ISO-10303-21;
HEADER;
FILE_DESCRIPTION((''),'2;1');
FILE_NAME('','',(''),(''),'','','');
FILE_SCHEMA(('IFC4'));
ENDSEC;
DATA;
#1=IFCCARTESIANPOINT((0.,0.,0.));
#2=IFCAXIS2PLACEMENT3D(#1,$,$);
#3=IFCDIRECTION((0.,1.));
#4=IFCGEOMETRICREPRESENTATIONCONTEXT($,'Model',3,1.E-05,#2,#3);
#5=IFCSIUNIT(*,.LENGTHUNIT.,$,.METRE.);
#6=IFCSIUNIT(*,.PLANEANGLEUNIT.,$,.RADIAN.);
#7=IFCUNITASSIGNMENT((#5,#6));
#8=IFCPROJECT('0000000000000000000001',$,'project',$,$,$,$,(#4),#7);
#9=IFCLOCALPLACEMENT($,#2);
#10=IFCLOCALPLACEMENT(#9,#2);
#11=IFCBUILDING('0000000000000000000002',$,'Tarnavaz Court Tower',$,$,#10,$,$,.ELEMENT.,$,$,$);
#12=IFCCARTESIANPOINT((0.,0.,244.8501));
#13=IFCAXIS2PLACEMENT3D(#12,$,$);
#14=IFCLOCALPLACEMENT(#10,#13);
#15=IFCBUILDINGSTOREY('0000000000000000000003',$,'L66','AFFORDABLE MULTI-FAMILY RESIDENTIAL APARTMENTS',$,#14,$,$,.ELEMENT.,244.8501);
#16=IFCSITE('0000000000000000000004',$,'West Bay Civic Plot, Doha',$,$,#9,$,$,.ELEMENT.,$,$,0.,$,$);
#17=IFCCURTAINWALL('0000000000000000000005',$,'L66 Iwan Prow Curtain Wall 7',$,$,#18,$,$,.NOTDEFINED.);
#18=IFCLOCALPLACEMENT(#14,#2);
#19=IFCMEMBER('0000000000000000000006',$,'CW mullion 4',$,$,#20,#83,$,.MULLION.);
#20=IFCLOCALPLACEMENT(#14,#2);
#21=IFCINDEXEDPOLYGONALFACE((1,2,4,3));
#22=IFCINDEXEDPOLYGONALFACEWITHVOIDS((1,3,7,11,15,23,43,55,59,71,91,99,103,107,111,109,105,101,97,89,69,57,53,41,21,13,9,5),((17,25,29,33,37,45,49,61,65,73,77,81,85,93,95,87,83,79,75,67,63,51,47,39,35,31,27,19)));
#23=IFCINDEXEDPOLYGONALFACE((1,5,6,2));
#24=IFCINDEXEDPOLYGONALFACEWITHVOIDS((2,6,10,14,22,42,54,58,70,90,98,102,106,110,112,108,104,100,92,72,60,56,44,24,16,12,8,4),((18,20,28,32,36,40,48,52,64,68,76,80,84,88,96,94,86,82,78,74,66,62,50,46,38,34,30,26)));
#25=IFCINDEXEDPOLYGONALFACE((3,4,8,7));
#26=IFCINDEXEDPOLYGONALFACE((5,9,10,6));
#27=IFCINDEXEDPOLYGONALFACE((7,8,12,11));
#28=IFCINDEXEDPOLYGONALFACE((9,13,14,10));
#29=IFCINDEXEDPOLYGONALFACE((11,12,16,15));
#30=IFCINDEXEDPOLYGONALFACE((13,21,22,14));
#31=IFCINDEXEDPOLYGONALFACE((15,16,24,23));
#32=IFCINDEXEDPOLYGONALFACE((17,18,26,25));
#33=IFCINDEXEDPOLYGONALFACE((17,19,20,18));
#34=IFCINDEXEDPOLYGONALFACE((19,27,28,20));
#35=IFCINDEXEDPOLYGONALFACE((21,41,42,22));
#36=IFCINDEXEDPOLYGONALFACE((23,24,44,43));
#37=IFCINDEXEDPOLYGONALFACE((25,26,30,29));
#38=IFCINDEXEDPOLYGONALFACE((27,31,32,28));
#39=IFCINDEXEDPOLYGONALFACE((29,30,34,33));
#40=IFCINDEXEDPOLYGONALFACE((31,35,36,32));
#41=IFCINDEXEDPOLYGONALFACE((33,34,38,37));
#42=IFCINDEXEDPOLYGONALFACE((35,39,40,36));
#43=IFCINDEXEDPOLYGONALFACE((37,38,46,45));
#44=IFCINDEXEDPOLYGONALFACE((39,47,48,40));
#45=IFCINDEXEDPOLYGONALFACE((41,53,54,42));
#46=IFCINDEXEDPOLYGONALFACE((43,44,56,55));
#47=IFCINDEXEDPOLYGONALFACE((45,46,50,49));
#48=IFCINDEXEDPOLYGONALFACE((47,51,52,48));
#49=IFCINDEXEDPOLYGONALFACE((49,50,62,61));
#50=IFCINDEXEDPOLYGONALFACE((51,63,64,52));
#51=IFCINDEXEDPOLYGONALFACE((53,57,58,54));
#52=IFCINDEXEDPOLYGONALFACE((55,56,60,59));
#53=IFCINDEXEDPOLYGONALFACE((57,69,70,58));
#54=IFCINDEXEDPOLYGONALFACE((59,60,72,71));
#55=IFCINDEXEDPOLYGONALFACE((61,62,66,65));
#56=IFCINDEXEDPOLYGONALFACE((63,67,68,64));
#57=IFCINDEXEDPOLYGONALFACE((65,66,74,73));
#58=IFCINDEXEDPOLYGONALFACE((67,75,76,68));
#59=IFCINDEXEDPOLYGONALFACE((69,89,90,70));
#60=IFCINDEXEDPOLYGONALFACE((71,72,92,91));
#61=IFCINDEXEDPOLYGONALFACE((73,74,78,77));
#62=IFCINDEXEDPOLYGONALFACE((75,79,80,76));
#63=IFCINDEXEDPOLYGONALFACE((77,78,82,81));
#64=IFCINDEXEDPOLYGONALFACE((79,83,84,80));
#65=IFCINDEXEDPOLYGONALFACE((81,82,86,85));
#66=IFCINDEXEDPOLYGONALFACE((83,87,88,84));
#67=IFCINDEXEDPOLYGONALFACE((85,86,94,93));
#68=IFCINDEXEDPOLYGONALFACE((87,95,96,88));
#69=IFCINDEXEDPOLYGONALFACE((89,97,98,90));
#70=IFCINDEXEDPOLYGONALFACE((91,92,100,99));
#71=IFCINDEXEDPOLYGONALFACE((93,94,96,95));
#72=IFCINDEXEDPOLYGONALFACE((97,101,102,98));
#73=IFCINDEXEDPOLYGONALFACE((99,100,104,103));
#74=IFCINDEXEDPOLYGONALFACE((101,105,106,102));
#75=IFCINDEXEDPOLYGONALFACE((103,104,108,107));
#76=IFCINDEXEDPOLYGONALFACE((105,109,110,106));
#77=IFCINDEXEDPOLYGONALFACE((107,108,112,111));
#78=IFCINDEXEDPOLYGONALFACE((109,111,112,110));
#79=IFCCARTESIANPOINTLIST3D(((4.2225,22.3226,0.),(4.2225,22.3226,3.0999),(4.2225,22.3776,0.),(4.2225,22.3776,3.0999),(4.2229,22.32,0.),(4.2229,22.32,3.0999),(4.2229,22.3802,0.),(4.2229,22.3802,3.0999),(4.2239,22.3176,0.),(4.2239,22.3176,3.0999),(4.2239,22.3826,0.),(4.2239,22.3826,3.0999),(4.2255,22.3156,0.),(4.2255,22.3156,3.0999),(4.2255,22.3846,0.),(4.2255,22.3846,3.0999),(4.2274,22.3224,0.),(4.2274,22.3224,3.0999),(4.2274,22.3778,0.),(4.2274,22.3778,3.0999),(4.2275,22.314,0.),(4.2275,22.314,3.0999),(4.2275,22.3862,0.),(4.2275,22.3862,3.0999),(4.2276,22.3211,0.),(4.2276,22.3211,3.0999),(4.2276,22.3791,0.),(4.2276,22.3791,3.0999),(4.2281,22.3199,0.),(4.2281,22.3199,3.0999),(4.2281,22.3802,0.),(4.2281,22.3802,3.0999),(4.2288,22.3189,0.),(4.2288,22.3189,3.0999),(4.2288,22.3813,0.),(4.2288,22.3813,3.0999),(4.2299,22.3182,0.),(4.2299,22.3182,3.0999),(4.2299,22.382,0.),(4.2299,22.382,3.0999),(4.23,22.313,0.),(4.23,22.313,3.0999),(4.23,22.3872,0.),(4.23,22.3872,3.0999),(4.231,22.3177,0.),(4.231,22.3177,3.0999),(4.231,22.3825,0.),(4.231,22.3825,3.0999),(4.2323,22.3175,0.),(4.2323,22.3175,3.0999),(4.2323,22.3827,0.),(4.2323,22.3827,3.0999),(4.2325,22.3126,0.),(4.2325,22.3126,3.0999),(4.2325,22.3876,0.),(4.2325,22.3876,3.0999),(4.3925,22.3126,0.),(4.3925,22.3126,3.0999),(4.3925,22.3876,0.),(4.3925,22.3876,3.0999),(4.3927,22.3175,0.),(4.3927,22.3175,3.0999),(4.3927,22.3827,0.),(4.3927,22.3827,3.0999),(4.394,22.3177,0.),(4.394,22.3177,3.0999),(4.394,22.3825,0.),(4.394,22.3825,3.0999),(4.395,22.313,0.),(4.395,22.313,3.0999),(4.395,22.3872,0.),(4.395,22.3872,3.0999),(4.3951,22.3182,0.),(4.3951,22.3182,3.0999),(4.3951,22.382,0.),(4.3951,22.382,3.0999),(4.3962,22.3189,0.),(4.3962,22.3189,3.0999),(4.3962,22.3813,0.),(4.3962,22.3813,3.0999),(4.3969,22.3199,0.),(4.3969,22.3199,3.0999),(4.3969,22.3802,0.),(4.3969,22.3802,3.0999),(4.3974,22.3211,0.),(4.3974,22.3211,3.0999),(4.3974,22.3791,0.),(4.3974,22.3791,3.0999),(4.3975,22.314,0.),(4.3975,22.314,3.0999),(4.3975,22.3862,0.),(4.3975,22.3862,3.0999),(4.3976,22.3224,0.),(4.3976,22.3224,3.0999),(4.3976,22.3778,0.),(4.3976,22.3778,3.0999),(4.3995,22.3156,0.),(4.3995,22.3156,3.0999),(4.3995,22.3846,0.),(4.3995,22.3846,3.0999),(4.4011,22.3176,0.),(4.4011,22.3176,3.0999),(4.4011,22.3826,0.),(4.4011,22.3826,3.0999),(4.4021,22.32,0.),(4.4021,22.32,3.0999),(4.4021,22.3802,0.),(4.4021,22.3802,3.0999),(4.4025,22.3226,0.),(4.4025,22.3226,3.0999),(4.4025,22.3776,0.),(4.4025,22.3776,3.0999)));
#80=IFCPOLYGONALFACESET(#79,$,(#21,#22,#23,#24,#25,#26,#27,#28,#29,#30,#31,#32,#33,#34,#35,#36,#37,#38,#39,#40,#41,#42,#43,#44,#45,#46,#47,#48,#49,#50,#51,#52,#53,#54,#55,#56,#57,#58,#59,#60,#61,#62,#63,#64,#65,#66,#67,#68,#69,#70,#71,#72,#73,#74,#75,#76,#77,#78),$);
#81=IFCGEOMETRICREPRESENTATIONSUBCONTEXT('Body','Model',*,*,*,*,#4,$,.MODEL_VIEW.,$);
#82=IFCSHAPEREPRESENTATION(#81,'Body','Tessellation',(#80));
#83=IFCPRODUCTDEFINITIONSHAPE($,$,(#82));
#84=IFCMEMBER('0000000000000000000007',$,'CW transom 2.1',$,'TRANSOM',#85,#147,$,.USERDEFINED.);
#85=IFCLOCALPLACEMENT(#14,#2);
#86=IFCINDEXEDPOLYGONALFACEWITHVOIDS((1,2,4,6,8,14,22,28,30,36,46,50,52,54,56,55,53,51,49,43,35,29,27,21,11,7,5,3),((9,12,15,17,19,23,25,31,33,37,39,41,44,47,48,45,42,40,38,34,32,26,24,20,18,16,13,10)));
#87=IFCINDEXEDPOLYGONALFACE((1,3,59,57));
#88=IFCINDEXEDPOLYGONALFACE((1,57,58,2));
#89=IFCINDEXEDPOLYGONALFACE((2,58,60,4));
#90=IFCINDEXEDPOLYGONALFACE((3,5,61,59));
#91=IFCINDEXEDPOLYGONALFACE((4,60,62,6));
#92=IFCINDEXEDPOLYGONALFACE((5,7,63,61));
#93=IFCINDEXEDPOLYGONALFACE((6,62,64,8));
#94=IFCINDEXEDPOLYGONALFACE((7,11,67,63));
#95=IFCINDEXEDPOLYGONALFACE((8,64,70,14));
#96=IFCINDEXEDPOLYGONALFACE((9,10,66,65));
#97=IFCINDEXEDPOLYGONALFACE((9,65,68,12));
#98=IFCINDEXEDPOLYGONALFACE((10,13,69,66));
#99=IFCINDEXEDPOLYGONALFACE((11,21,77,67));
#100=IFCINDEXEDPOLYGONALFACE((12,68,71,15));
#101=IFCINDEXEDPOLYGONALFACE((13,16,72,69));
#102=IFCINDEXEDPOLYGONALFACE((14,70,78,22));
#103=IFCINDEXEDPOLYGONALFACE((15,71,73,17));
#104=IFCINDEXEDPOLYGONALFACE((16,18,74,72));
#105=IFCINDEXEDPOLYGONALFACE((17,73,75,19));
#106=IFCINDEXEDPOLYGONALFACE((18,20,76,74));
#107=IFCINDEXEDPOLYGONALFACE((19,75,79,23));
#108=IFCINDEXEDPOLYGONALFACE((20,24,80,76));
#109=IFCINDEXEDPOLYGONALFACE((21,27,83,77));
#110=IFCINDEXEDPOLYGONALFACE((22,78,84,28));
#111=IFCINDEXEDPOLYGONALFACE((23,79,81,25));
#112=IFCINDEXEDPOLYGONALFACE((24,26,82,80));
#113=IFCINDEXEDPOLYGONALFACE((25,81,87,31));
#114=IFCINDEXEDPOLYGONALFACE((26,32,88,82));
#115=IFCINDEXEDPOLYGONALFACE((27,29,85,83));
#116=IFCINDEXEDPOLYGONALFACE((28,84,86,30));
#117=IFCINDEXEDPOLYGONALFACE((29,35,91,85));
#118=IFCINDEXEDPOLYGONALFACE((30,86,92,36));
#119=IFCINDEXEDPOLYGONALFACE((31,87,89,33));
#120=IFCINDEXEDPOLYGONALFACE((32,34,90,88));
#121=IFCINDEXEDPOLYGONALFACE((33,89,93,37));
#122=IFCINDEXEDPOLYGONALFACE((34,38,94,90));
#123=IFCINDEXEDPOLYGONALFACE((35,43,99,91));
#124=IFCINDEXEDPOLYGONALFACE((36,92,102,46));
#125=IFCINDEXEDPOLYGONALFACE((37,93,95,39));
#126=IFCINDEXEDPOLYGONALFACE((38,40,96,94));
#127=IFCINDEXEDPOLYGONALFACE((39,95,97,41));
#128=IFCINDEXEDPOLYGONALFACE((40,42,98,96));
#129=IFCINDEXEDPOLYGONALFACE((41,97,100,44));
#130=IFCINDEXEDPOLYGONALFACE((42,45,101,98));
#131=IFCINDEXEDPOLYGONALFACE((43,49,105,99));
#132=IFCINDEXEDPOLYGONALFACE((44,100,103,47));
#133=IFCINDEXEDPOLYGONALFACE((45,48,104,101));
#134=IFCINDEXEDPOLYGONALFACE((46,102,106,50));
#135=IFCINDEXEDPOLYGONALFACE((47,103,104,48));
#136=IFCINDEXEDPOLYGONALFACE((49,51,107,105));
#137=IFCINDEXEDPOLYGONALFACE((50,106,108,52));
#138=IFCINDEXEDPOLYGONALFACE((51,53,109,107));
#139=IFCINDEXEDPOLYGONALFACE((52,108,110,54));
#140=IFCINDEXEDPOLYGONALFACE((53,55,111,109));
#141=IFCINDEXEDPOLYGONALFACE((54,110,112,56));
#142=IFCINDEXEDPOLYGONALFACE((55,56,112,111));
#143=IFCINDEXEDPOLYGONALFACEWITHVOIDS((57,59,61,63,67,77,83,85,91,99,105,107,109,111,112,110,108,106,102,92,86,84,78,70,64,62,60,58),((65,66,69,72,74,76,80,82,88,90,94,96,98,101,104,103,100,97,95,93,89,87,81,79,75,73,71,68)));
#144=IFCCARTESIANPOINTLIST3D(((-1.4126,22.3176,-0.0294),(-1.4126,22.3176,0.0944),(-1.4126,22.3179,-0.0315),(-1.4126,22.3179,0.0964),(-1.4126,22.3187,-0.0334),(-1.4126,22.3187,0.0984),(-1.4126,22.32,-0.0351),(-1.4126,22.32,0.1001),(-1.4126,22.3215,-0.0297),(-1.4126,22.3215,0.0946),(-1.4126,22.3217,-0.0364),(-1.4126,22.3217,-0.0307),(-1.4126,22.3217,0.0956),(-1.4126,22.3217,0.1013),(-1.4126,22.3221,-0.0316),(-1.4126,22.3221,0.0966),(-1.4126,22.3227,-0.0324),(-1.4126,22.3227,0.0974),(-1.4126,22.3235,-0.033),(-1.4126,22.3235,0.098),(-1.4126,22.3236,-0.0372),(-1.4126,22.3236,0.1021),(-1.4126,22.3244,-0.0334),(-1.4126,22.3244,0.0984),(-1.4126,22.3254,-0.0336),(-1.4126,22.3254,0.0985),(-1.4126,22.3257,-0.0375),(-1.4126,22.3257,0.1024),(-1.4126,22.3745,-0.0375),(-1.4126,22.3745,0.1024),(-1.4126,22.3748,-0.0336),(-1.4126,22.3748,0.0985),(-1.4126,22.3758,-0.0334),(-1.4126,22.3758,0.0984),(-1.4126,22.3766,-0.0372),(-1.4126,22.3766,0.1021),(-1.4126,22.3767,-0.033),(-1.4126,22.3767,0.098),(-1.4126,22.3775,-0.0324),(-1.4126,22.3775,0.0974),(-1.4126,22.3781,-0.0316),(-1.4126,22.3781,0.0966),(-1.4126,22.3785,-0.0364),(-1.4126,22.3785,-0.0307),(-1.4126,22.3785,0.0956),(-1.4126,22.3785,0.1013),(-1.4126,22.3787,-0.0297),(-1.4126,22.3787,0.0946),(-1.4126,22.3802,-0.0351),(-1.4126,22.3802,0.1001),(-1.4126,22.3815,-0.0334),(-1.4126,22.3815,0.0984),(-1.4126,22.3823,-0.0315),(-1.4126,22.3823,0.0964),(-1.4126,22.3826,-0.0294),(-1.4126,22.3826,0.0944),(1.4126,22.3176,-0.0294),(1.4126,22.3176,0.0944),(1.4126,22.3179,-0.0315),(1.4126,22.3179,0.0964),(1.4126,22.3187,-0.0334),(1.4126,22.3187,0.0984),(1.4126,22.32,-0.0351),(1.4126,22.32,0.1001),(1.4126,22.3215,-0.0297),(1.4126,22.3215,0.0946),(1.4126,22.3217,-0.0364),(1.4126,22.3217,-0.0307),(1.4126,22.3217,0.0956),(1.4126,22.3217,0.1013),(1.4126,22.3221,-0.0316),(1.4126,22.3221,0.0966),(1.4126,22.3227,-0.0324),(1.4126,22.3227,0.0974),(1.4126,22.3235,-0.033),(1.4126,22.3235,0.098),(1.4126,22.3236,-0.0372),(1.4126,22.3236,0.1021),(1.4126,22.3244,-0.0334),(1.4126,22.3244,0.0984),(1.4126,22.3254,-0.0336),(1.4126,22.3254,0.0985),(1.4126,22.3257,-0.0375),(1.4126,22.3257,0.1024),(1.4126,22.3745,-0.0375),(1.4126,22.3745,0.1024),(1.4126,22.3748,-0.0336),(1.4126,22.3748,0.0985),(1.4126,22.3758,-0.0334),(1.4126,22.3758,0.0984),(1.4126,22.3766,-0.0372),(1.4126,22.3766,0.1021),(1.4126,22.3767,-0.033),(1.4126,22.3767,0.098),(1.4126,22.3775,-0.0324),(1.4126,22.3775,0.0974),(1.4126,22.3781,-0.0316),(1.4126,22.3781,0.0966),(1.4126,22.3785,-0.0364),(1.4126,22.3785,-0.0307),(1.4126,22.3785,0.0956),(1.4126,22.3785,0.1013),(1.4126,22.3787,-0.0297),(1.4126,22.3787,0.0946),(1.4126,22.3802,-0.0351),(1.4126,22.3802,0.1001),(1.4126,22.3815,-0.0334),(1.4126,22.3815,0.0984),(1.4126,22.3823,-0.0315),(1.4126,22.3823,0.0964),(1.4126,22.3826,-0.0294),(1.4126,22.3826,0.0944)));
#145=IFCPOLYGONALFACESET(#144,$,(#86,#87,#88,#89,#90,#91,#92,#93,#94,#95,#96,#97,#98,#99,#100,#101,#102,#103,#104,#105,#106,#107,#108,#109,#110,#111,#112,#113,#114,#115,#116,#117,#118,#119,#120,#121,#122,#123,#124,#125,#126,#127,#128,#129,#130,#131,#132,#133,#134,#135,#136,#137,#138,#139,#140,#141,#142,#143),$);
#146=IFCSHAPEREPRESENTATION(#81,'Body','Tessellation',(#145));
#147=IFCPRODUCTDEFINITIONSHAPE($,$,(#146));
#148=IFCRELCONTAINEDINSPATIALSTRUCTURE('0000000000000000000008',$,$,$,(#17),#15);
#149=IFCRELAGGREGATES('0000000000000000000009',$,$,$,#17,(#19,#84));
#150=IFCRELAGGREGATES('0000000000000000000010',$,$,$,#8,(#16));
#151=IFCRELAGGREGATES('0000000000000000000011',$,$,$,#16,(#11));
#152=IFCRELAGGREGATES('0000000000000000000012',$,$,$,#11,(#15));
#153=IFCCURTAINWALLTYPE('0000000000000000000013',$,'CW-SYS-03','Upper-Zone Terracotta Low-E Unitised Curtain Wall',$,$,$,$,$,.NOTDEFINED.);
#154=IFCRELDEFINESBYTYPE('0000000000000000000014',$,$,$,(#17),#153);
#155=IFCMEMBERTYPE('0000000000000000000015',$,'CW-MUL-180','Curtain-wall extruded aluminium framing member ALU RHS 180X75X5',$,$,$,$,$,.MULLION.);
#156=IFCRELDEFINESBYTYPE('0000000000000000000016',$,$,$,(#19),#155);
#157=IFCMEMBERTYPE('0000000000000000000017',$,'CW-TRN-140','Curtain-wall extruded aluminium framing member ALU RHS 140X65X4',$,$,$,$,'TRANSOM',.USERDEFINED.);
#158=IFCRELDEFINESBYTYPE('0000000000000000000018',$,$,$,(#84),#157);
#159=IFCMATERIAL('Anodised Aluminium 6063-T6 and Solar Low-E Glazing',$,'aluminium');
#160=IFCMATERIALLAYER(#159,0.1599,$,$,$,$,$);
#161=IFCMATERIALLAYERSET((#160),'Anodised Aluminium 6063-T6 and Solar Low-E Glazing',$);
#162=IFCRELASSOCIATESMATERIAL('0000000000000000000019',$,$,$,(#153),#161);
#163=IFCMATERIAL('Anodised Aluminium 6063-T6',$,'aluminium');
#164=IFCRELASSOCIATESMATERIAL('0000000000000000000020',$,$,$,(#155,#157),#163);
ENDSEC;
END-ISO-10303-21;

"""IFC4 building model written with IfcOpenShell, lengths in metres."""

from ifc_helpers import new_model, si_unit, direction, frame, origin, origin_2d, place, context, subcontext, project, spatial, hollow_rectangle, extrude, material, layer, layer_set, material_profile, profile_set, type_object, element, aggregate, save


model = new_model("IFC4")

# Units and contexts
model_context = context("Model", 3, precision=1e-05, world=origin(), true_north=direction((0.0, 1.0)))
body_context = subcontext(model_context, "Body", "Model", "MODEL_VIEW")
ifc_project = project(units=[si_unit("LENGTHUNIT", "METRE"), si_unit("PLANEANGLEUNIT", "RADIAN")], contexts=[model_context])

# Site, building, storey
site_placement = place(None, origin())
site = spatial("IfcSite", under=ifc_project, at=site_placement, Name="West Bay Civic Plot, Doha", CompositionType="ELEMENT", RefElevation=0.0)
building_placement = place(site_placement, origin())
building = spatial("IfcBuilding", under=site, at=building_placement, Name="Tarnavaz Court Tower", CompositionType="ELEMENT")
storey_placement = place(building_placement, frame((0.0, 0.0, 244.8501)))
storey = spatial("IfcBuildingStorey", under=building, at=storey_placement, Name="L66", Description="AFFORDABLE MULTI-FAMILY RESIDENTIAL APARTMENTS", CompositionType="ELEMENT", Elevation=244.8501)

# Curtain wall, members
ifc_material_1 = material(Name="Anodised Aluminium 6063-T6 and Solar Low-E Glazing", Category="aluminium")
ifc_layer_1 = layer(ifc_material_1, 0.1599)
ifc_layer_set_1 = layer_set([ifc_layer_1], Name="Anodised Aluminium 6063-T6 and Solar Low-E Glazing")
curtain_wall_type = type_object("IfcCurtainWallType", Name="CW-SYS-03", Description="Upper-Zone Terracotta Low-E Unitised Curtain Wall", PredefinedType="NOTDEFINED", material=ifc_layer_set_1)
curtain_wall_placement = place(storey_placement, origin())
curtain_wall = element("IfcCurtainWall", 1, at=curtain_wall_placement, inside=storey, type_object=curtain_wall_type, Name="L66 Iwan Prow Curtain Wall 7", PredefinedType="NOTDEFINED")
ifc_material_2 = material(Name="Anodised Aluminium 6063-T6", Category="aluminium")
ifc_material_profile_1 = material_profile(ifc_material_2, hollow_rectangle(XDim=0.075, YDim=0.1799, WallThickness=0.0049, InnerFilletRadius=0.0049, OuterFilletRadius=0.01, at=origin_2d()), Name="ALU RHS 180X75X5")
ifc_profile_set_1 = profile_set([ifc_material_profile_1], Name="Anodised Aluminium 6063-T6")
member_type_1 = type_object("IfcMemberType", Name="CW-MUL-180", Description="Curtain-wall extruded aluminium framing member ALU RHS 180X75X5", PredefinedType="MULLION", material=ifc_profile_set_1)
member_1_placement = place(storey_placement, frame((4.3125, 22.3501, 0.0), z_axis=(0.0, 0.0, 1.0), x_axis=(0.0, 1.0, 0.0)))
member_1 = element("IfcMember", 2, at=member_1_placement, type_object=member_type_1, Name="CW mullion 4", PredefinedType="MULLION", context=body_context, shape_type="SweptSolid", body=[
    extrude(hollow_rectangle(XDim=0.075, YDim=0.1799, WallThickness=0.0049, InnerFilletRadius=0.0049, OuterFilletRadius=0.01, at=origin_2d()), origin(), (0.0, 0.0, 1.0), 3.0999),
])
ifc_material_profile_2 = material_profile(ifc_material_2, hollow_rectangle(XDim=0.0649, YDim=0.1399, WallThickness=0.0039, InnerFilletRadius=0.0039, OuterFilletRadius=0.0081, at=origin_2d()), Name="ALU RHS 140X65X4")
ifc_profile_set_2 = profile_set([ifc_material_profile_2], Name="Anodised Aluminium 6063-T6")
member_type_2 = type_object("IfcMemberType", Name="CW-TRN-140", Description="Curtain-wall extruded aluminium framing member ALU RHS 140X65X4", ElementType="TRANSOM", PredefinedType="USERDEFINED", material=ifc_profile_set_2)
member_2_placement = place(storey_placement, frame((-1.4126, 22.3501, 0.0325), z_axis=(1.0, 0.0, 0.0), x_axis=(0.0, 1.0, 0.0)))
member_2 = element("IfcMember", 3, at=member_2_placement, type_object=member_type_2, Name="CW transom 2.1", ObjectType="TRANSOM", PredefinedType="USERDEFINED", context=body_context, shape_type="SweptSolid", body=[
    extrude(hollow_rectangle(XDim=0.0649, YDim=0.1399, WallThickness=0.0039, InnerFilletRadius=0.0039, OuterFilletRadius=0.0081, at=origin_2d()), origin(), (0.0, 0.0, 1.0), 2.8252),
])
aggregate(curtain_wall, [member_1, member_2])

save(model, "model.ifc")
